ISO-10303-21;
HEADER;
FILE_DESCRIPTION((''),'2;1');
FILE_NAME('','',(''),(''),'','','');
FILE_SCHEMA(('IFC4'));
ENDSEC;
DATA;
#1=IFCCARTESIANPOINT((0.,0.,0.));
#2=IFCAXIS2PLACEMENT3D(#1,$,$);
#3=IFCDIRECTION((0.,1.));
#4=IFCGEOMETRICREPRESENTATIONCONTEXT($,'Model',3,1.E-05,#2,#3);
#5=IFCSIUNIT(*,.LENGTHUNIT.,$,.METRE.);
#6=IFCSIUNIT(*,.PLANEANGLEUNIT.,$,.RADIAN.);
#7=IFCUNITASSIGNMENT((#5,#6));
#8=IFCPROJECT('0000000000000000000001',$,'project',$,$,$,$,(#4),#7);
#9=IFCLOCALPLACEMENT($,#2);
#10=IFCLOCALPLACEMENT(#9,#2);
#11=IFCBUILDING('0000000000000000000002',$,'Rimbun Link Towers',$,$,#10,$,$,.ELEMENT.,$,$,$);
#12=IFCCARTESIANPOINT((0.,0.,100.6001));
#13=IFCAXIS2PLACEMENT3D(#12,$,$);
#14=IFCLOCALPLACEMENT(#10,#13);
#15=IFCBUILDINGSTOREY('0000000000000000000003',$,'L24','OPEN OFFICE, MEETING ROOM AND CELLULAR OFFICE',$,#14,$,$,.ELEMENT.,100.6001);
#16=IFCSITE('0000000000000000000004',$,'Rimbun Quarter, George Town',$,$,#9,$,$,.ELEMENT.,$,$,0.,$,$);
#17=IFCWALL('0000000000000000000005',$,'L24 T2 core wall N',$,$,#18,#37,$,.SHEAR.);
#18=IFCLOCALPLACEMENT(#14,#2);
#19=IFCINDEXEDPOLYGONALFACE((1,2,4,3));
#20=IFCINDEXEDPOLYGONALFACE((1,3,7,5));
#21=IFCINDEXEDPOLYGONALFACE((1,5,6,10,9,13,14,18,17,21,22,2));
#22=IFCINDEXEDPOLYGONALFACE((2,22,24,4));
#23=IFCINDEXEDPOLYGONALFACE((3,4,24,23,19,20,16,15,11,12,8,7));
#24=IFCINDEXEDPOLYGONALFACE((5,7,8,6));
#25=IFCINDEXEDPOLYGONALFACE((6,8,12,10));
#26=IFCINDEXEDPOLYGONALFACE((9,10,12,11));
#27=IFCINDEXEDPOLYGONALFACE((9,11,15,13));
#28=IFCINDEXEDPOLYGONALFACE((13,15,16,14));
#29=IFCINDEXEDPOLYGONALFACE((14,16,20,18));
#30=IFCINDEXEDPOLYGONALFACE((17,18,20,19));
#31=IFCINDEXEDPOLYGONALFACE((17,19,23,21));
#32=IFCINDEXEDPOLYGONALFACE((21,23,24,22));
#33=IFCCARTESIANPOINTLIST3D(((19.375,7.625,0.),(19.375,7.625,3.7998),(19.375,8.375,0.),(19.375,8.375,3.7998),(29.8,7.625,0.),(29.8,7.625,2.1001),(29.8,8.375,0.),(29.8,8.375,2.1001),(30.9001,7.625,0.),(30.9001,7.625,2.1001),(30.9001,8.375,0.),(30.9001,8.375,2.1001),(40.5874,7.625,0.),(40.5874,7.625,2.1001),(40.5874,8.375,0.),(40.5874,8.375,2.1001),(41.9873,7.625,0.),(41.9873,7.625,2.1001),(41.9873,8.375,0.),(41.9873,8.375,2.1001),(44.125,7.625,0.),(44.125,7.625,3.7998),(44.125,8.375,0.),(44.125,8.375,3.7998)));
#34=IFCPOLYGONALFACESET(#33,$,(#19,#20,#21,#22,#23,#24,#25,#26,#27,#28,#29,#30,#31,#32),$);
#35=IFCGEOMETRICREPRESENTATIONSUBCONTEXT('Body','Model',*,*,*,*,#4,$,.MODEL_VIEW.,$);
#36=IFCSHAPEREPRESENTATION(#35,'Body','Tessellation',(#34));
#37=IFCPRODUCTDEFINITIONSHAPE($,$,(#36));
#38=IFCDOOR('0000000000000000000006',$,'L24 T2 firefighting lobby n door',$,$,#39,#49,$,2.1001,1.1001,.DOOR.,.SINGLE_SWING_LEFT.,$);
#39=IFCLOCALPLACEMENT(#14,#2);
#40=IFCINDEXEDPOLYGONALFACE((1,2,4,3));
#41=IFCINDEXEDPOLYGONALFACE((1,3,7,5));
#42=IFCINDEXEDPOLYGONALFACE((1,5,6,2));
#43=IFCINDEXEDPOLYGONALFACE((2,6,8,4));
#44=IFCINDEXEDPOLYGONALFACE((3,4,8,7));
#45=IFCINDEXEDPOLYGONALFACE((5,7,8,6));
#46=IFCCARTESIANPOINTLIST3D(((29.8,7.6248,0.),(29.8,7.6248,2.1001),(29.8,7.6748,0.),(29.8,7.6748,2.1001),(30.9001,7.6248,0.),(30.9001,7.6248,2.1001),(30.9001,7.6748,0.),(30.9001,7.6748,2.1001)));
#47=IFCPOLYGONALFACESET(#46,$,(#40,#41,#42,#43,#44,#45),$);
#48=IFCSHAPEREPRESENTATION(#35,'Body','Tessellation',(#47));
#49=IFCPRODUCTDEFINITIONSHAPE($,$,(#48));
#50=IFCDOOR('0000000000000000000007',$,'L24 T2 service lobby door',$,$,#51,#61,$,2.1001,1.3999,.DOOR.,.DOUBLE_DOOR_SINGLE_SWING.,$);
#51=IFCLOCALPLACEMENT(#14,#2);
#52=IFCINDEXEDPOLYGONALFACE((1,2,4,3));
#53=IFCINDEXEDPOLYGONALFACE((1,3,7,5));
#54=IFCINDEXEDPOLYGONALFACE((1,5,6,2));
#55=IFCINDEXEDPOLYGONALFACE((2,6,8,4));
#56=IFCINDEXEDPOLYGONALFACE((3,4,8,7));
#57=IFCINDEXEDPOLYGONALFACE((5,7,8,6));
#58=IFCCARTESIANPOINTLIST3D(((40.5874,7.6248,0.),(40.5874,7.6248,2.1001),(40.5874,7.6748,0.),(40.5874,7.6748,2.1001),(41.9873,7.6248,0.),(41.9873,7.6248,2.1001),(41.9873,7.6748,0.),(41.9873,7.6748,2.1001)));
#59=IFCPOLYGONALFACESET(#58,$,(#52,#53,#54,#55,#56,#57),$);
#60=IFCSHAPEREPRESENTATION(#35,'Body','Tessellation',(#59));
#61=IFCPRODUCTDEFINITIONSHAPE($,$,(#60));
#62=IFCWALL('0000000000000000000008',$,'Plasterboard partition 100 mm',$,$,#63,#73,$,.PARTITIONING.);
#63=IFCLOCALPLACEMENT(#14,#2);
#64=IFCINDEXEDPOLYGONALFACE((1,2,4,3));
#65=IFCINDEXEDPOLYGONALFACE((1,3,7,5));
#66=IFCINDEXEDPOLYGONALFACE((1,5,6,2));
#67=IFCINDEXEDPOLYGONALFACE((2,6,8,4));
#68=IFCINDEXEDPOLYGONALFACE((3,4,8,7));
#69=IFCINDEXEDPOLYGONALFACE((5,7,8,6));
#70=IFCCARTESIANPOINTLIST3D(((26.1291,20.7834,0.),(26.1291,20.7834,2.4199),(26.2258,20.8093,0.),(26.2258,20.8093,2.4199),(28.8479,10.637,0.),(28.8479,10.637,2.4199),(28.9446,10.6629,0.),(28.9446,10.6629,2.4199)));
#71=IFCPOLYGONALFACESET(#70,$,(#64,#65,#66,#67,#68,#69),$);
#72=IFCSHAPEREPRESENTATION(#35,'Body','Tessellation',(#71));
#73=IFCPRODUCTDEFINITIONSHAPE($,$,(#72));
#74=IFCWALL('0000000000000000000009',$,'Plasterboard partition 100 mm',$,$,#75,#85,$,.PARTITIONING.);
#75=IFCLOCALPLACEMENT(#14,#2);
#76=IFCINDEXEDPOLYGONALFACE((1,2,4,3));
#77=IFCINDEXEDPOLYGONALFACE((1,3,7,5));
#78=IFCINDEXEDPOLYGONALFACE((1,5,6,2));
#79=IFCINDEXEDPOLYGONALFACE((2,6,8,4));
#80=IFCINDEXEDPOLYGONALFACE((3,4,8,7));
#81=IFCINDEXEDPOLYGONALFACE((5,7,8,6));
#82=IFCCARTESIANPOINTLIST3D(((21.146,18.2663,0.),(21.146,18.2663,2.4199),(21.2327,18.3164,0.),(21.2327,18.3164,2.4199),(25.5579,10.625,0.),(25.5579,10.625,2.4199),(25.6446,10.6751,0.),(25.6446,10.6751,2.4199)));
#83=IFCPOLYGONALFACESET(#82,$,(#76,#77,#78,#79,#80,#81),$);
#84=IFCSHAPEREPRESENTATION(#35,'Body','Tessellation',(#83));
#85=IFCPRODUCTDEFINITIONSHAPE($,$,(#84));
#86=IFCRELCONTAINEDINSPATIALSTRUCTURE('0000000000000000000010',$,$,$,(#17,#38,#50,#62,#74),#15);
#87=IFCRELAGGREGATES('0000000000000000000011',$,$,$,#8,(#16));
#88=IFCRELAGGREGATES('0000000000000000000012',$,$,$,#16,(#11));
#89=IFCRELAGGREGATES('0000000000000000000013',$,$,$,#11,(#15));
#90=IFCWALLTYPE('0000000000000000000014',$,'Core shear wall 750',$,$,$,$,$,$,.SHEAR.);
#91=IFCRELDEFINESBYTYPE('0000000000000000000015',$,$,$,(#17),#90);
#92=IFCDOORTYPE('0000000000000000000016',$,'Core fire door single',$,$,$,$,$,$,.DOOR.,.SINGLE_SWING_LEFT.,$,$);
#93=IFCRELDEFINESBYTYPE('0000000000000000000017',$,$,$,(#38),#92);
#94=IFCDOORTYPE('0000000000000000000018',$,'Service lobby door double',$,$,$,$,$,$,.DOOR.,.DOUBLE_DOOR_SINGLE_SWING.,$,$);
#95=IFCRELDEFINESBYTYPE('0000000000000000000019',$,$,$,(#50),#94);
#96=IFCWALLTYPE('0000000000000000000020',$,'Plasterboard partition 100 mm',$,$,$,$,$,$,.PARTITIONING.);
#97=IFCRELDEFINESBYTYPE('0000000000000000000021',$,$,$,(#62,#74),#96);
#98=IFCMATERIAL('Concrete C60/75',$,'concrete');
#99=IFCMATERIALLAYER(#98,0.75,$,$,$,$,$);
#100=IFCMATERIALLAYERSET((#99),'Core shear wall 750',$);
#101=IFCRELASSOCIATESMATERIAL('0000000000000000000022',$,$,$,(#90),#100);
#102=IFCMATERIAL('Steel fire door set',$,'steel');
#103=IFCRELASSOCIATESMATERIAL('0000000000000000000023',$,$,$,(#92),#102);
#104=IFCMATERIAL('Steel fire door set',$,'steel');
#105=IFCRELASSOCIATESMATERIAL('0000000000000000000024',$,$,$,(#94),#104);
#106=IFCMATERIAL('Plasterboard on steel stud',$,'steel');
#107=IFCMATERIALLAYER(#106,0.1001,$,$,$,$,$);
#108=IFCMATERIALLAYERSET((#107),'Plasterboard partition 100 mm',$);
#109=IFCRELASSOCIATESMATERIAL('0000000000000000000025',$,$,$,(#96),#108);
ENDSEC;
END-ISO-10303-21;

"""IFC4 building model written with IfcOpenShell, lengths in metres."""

from ifc_helpers import new_model, si_unit, direction, frame, frame_2d, origin, place, context, subcontext, project, spatial, rectangle, extrude, material, layer, layer_set, type_object, element, fill, save


model = new_model("IFC4")

# Units and contexts
model_context = context("Model", 3, precision=1e-05, world=origin(), true_north=direction((0.0, 1.0)))
body_context = subcontext(model_context, "Body", "Model", "MODEL_VIEW")
ifc_project = project(units=[si_unit("LENGTHUNIT", "METRE"), si_unit("PLANEANGLEUNIT", "RADIAN")], contexts=[model_context])

# Site, building, storey
site_placement = place(None, origin())
site = spatial("IfcSite", under=ifc_project, at=site_placement, Name="Rimbun Quarter, George Town", CompositionType="ELEMENT", RefElevation=0.0)
building_placement = place(site_placement, origin())
building = spatial("IfcBuilding", under=site, at=building_placement, Name="Rimbun Link Towers", CompositionType="ELEMENT")
storey_placement = place(building_placement, frame((0.0, 0.0, 100.6001)))
storey = spatial("IfcBuildingStorey", under=building, at=storey_placement, Name="L24", Description="OPEN OFFICE, MEETING ROOM AND CELLULAR OFFICE", CompositionType="ELEMENT", Elevation=100.6001)

# Wall, openings, doors
ifc_material_1 = material(Name="Concrete C60/75", Category="concrete")
ifc_layer_1 = layer(ifc_material_1, 0.75)
ifc_layer_set_1 = layer_set([ifc_layer_1], Name="Core shear wall 750")
wall_type_1 = type_object("IfcWallType", Name="Core shear wall 750", PredefinedType="SHEAR", material=ifc_layer_set_1)
wall_1_placement = place(storey_placement, frame((19.375, 8.0, 0.0), z_axis=(0.0, 0.0, 1.0), x_axis=(1.0, 0.0, 0.0)))
wall_1 = element("IfcWall", 1, at=wall_1_placement, inside=storey, type_object=wall_type_1, Name="L24 T2 core wall N", PredefinedType="SHEAR", context=body_context, shape_type="SweptSolid", body=[
    extrude(rectangle(XDim=24.75, YDim=0.75, at=frame_2d((12.375, 0.0))), origin(), (0.0, 0.0, 1.0), 3.7998),
])
opening_1_placement = place(wall_1_placement, frame((10.425, 0.0, 0.0)))
opening_1 = element("IfcOpeningElement", 2, at=opening_1_placement, cuts=wall_1, PredefinedType="OPENING", context=body_context, shape_type="SweptSolid", body=[
    extrude(rectangle(XDim=1.1001, YDim=2.1001, at=frame_2d((0.55, 1.05))), frame((0.0, 0.385, 0.0), z_axis=(0.0, -1.0, 0.0), x_axis=(1.0, 0.0, 0.0)), (0.0, 0.0, 1.0), 0.77),
])
opening_2_placement = place(wall_1_placement, frame((21.2124, 0.0, 0.0)))
opening_2 = element("IfcOpeningElement", 3, at=opening_2_placement, cuts=wall_1, PredefinedType="OPENING", context=body_context, shape_type="SweptSolid", body=[
    extrude(rectangle(XDim=1.3999, YDim=2.1001, at=frame_2d((0.7, 1.05))), frame((0.0, 0.385, 0.0), z_axis=(0.0, -1.0, 0.0), x_axis=(1.0, 0.0, 0.0)), (0.0, 0.0, 1.0), 0.77),
])
ifc_material_2 = material(Name="Steel fire door set", Category="steel")
door_type_1 = type_object("IfcDoorType", Name="Core fire door single", OperationType="SINGLE_SWING_LEFT", PredefinedType="DOOR", material=ifc_material_2)
door_1_placement = place(opening_1_placement, origin())
door_1 = element("IfcDoor", 4, at=door_1_placement, inside=storey, type_object=door_type_1, Name="L24 T2 firefighting lobby n door", OperationType="SINGLE_SWING_LEFT", OverallHeight=2.1001, OverallWidth=1.1001, PredefinedType="DOOR", context=body_context, shape_type="SweptSolid", body=[
    extrude(rectangle(XDim=1.1001, YDim=2.1001, at=frame_2d((0.55, 1.05))), frame((0.0, -0.3252, 0.0), z_axis=(0.0, -1.0, 0.0), x_axis=(1.0, 0.0, 0.0)), (0.0, 0.0, 1.0), 0.05),
])
fill(opening_1, door_1)
ifc_material_3 = material(Name="Steel fire door set", Category="steel")
door_type_2 = type_object("IfcDoorType", Name="Service lobby door double", OperationType="DOUBLE_DOOR_SINGLE_SWING", PredefinedType="DOOR", material=ifc_material_3)
door_2_placement = place(opening_2_placement, origin())
door_2 = element("IfcDoor", 5, at=door_2_placement, inside=storey, type_object=door_type_2, Name="L24 T2 service lobby door", OperationType="DOUBLE_DOOR_SINGLE_SWING", OverallHeight=2.1001, OverallWidth=1.3999, PredefinedType="DOOR", context=body_context, shape_type="SweptSolid", body=[
    extrude(rectangle(XDim=1.3999, YDim=2.1001, at=frame_2d((0.7, 1.05))), frame((0.0, -0.3252, 0.0), z_axis=(0.0, -1.0, 0.0), x_axis=(1.0, 0.0, 0.0)), (0.0, 0.0, 1.0), 0.05),
])
fill(opening_2, door_2)

# Walls
ifc_material_4 = material(Name="Plasterboard on steel stud", Category="steel")
ifc_layer_2 = layer(ifc_material_4, 0.1001)
ifc_layer_set_2 = layer_set([ifc_layer_2], Name="Plasterboard partition 100 mm")
wall_type_2 = type_object("IfcWallType", Name="Plasterboard partition 100 mm", PredefinedType="PARTITIONING", material=ifc_layer_set_2)
wall_2_placement = place(storey_placement, frame((26.1775, 20.7964, 0.0), z_axis=(0.0, 0.0, 1.0), x_axis=(0.25882, -0.965926, 0.0)))
element("IfcWall", 6, at=wall_2_placement, inside=storey, type_object=wall_type_2, Name="Plasterboard partition 100 mm", PredefinedType="PARTITIONING", context=body_context, shape_type="SweptSolid", body=[
    extrude(rectangle(XDim=10.5044, YDim=0.1001, at=frame_2d((5.2522, 0.0))), origin(), (0.0, 0.0, 1.0), 2.4199),
])
wall_3_placement = place(storey_placement, frame((21.1895, 18.2913, 0.0), z_axis=(0.0, 0.0, 1.0), x_axis=(0.500011, -0.866019, 0.0)))
element("IfcWall", 7, at=wall_3_placement, inside=storey, type_object=wall_type_2, Name="Plasterboard partition 100 mm", PredefinedType="PARTITIONING", context=body_context, shape_type="SweptSolid", body=[
    extrude(rectangle(XDim=8.8235, YDim=0.1001, at=frame_2d((4.4116, 0.0))), origin(), (0.0, 0.0, 1.0), 2.4199),
])

save(model, "model.ifc")
